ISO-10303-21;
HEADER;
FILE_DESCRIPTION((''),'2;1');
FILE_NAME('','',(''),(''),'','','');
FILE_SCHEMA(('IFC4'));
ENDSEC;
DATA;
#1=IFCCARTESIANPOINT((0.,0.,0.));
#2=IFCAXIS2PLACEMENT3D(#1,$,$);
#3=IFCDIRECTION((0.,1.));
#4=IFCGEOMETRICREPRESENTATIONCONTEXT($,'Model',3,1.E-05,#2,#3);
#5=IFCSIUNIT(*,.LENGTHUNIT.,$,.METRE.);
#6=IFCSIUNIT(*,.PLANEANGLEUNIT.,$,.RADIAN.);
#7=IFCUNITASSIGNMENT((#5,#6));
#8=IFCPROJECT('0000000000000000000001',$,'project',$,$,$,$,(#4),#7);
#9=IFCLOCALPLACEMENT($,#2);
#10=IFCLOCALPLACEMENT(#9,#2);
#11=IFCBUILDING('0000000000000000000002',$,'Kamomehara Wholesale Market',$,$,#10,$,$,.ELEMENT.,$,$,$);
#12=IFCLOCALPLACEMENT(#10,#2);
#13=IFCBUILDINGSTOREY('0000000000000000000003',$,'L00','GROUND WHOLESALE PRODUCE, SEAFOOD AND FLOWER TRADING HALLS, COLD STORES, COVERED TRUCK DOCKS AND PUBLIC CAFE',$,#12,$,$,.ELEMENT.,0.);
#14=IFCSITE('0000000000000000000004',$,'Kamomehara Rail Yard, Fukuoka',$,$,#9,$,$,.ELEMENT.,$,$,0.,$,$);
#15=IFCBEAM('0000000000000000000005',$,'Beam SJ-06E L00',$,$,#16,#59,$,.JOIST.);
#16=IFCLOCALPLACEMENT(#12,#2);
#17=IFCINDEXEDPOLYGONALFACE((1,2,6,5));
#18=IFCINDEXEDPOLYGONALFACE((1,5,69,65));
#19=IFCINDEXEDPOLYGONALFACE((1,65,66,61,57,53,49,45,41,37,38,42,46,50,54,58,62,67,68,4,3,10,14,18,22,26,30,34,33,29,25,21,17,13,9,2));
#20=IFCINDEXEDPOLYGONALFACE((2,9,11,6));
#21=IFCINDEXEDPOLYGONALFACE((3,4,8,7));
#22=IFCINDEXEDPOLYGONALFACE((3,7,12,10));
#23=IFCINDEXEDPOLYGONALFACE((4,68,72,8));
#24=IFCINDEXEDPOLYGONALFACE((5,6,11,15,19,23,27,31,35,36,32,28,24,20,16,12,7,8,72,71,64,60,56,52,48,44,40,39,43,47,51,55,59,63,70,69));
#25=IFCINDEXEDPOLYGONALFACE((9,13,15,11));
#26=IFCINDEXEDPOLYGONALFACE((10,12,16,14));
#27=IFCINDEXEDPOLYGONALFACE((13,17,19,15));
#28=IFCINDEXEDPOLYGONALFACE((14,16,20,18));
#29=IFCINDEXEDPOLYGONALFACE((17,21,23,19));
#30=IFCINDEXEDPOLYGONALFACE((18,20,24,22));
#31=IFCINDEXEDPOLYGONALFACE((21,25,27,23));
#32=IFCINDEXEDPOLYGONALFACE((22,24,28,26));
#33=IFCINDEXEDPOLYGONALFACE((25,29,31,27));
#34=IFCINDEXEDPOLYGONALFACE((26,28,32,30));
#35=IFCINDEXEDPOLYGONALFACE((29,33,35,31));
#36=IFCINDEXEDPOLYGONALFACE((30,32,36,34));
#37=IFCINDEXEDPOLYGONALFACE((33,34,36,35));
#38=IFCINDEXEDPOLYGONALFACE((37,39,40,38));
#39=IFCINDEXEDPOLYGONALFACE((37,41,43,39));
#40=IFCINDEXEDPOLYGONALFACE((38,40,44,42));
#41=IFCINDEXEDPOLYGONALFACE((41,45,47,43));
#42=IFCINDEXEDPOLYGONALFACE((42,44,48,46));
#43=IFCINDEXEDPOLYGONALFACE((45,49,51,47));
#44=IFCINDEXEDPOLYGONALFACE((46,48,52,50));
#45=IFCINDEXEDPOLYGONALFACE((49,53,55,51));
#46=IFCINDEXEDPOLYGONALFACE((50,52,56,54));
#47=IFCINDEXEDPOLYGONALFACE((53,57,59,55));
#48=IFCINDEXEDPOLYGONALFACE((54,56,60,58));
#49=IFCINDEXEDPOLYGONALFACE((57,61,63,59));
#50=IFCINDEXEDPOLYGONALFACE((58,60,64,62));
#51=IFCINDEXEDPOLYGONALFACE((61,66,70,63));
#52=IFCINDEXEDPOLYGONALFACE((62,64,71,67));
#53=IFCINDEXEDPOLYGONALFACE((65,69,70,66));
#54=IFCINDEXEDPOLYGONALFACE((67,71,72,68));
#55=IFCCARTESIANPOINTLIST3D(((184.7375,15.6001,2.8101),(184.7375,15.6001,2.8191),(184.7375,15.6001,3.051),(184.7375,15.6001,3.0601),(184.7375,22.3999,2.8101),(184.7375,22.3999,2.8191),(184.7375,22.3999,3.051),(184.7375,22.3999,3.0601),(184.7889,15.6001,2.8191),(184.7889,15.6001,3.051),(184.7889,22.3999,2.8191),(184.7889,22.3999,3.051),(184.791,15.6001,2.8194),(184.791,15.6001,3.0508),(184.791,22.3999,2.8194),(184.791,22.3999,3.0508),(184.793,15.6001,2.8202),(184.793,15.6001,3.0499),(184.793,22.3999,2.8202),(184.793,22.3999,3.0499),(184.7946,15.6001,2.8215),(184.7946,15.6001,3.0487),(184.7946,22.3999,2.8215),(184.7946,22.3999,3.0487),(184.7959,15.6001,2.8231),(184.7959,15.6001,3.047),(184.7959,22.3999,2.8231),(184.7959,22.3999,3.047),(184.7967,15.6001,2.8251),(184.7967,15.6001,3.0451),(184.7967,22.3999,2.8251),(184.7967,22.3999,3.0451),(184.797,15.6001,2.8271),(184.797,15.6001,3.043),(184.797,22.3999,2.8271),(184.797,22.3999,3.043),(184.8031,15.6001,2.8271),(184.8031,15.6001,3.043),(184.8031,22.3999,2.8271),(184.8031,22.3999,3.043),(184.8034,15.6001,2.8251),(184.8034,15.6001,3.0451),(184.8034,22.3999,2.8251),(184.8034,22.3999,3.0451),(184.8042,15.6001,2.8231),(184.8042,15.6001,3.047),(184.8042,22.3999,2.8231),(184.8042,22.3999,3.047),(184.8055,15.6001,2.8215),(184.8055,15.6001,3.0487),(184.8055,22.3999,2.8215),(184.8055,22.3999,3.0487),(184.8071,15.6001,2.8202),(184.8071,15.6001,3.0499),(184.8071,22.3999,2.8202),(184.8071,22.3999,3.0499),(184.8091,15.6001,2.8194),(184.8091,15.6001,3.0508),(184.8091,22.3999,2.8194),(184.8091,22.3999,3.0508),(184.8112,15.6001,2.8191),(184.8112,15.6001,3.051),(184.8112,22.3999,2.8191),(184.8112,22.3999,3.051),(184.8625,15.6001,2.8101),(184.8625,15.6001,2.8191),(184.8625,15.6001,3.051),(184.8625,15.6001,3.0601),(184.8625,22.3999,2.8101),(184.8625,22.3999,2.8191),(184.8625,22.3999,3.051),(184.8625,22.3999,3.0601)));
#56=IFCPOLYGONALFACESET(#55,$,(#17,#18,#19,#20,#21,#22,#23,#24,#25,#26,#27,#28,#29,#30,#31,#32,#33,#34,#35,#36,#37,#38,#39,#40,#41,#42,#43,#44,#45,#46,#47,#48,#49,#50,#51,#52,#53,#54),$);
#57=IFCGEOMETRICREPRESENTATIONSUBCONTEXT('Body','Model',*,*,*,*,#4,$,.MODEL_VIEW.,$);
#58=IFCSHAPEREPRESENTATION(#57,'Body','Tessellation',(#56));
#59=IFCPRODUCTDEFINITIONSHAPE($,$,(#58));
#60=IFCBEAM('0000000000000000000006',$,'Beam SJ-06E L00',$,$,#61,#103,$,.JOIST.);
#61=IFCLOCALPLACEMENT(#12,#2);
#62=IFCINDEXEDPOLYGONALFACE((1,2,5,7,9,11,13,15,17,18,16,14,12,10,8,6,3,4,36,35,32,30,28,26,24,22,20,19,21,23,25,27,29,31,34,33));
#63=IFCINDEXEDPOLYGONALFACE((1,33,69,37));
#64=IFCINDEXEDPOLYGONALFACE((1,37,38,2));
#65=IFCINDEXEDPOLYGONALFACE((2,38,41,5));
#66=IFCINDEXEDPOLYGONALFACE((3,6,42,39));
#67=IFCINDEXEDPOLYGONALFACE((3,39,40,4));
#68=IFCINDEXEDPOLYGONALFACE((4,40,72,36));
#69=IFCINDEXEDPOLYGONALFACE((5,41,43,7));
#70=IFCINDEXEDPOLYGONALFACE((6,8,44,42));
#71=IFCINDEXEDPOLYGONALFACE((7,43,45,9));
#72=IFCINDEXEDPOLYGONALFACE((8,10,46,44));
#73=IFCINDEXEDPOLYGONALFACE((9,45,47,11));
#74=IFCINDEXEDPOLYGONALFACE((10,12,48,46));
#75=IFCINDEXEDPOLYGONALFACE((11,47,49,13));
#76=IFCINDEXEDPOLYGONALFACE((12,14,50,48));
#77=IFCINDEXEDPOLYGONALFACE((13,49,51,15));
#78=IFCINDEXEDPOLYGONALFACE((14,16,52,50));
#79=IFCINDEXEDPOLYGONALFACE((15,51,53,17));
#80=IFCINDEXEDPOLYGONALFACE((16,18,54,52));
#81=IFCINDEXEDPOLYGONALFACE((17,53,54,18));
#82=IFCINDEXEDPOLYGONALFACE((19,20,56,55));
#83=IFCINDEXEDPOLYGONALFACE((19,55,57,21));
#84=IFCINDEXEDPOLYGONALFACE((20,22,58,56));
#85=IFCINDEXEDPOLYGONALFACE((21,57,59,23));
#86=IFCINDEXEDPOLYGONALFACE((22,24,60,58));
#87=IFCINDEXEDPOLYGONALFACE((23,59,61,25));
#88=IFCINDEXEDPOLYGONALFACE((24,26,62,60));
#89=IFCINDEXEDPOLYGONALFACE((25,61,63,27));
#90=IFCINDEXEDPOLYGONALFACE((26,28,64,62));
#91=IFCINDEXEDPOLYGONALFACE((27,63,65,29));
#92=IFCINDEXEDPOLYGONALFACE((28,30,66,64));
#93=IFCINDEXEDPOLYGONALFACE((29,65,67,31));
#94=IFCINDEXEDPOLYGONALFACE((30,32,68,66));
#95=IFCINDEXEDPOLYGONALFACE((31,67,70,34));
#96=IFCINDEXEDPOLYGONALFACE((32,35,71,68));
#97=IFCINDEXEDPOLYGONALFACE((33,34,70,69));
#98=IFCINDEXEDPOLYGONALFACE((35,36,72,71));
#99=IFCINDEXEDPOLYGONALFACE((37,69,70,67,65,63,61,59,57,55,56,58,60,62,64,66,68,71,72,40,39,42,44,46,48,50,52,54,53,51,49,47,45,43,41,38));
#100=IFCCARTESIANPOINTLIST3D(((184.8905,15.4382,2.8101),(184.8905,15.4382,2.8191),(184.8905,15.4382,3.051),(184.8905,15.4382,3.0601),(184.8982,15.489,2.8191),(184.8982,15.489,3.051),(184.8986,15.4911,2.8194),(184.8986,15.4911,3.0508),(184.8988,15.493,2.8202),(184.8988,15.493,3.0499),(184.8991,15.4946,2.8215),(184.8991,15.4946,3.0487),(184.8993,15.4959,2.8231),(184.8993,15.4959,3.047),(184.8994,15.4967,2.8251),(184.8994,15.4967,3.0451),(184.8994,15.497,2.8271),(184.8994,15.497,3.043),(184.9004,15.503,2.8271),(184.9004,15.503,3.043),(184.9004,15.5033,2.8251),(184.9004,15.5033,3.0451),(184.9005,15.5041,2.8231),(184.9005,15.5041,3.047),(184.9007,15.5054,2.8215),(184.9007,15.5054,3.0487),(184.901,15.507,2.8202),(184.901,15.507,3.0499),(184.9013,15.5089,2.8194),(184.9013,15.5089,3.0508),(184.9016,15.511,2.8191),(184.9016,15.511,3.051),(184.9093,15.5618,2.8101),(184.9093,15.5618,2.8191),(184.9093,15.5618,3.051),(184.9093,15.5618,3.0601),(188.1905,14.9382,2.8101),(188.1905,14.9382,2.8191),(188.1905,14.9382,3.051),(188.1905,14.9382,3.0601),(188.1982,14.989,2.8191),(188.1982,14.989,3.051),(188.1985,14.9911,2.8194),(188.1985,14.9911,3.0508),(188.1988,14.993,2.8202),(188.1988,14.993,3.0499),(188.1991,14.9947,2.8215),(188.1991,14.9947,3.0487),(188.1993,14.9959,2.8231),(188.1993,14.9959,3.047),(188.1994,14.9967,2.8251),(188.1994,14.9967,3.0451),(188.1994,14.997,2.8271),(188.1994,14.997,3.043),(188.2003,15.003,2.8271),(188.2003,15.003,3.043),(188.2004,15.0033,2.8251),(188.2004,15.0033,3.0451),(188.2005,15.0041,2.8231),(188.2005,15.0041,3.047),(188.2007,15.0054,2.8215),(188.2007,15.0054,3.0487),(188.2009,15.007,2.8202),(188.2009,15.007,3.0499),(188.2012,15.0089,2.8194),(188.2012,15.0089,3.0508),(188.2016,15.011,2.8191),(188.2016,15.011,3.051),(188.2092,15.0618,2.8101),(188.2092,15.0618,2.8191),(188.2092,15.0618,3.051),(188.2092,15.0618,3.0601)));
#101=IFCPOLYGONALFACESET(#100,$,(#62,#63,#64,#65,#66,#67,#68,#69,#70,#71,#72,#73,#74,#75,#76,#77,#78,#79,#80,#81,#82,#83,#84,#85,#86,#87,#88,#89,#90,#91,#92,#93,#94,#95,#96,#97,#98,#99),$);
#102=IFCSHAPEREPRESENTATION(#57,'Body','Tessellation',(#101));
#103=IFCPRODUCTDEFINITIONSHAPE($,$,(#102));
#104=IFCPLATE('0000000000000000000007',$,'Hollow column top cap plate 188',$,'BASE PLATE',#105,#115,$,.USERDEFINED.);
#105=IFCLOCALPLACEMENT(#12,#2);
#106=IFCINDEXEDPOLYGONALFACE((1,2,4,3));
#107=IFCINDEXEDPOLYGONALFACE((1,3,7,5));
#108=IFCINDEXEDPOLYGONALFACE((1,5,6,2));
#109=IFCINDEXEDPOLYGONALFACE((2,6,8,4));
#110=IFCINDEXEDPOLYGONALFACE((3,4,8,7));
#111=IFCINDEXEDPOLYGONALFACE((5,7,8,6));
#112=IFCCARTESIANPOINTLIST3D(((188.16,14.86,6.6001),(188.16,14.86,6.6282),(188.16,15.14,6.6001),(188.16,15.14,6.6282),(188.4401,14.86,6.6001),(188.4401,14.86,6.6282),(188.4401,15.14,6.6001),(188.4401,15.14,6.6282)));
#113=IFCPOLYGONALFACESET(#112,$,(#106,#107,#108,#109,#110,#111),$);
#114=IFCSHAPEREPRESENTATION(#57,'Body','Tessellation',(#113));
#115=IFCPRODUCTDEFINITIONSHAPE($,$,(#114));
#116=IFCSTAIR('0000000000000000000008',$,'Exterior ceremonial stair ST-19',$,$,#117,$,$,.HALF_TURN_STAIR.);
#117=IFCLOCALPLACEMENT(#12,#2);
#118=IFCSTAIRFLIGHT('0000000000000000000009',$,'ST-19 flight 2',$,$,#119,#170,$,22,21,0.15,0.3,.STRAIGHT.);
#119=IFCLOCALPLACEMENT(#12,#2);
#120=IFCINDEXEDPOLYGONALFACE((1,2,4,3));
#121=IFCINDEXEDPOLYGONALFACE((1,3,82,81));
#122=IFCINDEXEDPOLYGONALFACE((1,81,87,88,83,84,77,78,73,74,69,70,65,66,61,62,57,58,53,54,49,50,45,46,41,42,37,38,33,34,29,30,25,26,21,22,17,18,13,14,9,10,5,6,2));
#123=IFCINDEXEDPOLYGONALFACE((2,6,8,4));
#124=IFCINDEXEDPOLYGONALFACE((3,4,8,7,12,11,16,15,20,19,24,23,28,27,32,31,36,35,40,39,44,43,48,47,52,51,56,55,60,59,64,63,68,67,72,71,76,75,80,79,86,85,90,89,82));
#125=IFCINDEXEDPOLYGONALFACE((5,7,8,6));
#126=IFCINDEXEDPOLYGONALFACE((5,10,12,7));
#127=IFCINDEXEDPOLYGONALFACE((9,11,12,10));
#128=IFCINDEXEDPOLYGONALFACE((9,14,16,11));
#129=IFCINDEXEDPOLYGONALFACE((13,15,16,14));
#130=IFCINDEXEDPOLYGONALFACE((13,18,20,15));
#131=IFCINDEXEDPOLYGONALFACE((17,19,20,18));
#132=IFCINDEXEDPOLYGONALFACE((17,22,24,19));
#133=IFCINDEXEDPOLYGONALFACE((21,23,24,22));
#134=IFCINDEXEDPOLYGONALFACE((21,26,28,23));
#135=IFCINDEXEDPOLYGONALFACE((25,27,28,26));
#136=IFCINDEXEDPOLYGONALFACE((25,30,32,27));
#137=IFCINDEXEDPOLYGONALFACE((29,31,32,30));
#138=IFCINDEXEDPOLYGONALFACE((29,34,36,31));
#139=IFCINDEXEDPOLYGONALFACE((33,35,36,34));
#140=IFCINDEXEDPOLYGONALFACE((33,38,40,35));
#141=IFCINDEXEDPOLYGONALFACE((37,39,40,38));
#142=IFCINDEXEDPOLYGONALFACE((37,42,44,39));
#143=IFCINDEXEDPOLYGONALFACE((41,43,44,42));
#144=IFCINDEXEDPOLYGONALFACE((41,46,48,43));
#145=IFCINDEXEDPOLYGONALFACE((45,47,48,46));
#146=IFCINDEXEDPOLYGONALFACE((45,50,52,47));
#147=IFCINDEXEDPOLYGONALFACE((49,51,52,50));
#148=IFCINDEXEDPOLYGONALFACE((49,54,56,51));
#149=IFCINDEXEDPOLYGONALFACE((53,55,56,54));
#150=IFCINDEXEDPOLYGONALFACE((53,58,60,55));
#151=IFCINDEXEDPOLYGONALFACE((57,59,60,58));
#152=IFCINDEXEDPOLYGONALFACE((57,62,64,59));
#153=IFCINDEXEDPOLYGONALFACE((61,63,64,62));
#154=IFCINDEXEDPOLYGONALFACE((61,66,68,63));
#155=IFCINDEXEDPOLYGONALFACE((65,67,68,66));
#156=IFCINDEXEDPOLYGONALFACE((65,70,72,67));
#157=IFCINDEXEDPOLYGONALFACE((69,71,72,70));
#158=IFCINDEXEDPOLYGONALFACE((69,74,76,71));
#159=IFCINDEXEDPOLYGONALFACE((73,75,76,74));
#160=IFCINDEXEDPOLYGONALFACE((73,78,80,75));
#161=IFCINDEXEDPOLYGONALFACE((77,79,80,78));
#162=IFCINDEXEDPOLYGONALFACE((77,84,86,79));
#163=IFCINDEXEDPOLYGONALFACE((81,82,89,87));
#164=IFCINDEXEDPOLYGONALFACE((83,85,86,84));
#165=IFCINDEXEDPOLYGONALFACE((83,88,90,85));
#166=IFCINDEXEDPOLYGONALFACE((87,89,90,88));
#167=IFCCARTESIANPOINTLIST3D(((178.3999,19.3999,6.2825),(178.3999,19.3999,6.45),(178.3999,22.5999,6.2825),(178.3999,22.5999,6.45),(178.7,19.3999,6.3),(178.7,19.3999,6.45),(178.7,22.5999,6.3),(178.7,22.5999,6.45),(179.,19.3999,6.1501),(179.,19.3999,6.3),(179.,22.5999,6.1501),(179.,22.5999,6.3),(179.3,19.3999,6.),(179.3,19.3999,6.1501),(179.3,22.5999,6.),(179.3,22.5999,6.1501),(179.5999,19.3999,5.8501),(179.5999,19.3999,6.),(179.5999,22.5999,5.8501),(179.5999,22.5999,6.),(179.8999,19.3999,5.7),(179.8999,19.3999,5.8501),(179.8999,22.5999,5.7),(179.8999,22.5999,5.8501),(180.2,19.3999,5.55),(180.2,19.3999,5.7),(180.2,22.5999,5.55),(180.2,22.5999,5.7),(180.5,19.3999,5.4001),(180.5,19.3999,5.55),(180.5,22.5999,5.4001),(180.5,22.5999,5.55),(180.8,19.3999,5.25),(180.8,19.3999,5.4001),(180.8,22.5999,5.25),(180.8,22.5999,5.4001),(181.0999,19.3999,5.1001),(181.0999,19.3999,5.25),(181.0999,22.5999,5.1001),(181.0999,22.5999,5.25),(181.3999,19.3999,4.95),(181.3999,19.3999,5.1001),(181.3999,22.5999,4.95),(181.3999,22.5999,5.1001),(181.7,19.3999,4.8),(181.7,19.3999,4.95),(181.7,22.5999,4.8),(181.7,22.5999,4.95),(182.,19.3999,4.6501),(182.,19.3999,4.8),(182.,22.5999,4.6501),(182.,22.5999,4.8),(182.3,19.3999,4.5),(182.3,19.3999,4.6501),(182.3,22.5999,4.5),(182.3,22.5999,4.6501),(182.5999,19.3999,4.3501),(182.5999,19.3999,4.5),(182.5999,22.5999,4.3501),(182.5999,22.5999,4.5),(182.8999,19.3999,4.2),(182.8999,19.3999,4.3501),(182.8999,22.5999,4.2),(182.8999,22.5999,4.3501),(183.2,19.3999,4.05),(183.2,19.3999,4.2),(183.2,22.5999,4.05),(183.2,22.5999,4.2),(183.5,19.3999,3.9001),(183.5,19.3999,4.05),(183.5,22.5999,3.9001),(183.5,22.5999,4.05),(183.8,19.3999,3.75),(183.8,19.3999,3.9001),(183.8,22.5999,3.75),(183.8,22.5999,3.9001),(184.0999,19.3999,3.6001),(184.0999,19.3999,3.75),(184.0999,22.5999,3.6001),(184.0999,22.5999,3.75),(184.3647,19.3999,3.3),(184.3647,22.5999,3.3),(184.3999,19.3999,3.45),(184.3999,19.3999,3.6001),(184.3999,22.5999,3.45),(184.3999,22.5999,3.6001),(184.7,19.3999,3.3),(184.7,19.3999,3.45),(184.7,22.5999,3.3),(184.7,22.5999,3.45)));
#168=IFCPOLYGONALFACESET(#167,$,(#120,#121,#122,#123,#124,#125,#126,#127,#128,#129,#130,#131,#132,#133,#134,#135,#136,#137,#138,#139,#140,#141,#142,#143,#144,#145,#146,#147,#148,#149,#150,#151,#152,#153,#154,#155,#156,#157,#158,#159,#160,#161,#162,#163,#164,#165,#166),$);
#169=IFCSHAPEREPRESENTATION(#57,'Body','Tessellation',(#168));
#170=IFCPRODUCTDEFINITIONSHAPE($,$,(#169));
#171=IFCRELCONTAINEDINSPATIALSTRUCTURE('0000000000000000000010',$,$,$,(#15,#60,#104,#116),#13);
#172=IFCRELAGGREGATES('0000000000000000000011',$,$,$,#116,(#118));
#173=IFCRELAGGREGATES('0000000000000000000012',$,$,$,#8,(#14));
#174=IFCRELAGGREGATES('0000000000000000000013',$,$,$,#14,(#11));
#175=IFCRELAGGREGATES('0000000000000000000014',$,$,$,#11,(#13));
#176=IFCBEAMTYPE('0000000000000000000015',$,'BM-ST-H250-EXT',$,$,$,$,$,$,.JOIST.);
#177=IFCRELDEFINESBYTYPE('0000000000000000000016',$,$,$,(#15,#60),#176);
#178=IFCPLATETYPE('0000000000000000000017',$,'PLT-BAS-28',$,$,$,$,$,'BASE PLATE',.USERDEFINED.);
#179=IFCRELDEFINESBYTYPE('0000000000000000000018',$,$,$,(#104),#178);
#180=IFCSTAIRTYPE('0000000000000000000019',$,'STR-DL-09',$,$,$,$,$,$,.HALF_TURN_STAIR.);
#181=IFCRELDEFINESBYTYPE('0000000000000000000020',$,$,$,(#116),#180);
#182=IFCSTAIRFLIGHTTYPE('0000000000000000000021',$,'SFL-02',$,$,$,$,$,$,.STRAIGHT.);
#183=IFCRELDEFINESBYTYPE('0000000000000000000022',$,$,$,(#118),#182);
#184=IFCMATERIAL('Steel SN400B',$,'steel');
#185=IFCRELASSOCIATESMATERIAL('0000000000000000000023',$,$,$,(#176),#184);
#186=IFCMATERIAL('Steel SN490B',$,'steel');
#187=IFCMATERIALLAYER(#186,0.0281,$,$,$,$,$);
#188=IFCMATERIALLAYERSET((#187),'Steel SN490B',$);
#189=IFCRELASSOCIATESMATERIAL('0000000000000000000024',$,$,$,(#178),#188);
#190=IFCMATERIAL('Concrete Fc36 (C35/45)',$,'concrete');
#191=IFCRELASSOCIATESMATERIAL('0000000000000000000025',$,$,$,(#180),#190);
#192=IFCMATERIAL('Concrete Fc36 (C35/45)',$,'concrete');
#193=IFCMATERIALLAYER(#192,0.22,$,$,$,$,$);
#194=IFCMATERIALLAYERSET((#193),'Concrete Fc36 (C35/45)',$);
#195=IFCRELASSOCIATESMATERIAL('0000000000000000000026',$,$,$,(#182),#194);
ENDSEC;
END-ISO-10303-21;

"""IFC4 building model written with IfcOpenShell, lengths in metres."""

from ifc_helpers import new_model, si_unit, direction, frame, origin, origin_2d, place, context, subcontext, project, spatial, polyline, rectangle, i_section, outline, extrude, material, layer, layer_set, material_profile, profile_set, type_object, element, aggregate, save


model = new_model("IFC4")

# Units and contexts
model_context = context("Model", 3, precision=1e-05, world=origin(), true_north=direction((0.0, 1.0)))
body_context = subcontext(model_context, "Body", "Model", "MODEL_VIEW")
ifc_project = project(units=[si_unit("LENGTHUNIT", "METRE"), si_unit("PLANEANGLEUNIT", "RADIAN")], contexts=[model_context])

# Site, building, storey
site_placement = place(None, origin())
site = spatial("IfcSite", under=ifc_project, at=site_placement, Name="Kamomehara Rail Yard, Fukuoka", CompositionType="ELEMENT", RefElevation=0.0)
building_placement = place(site_placement, origin())
building = spatial("IfcBuilding", under=site, at=building_placement, Name="Kamomehara Wholesale Market", CompositionType="ELEMENT")
storey_placement = place(building_placement, origin())
storey = spatial("IfcBuildingStorey", under=building, at=storey_placement, Name="L00", Description="GROUND WHOLESALE PRODUCE, SEAFOOD AND FLOWER TRADING HALLS, COLD STORES, COVERED TRUCK DOCKS AND PUBLIC CAFE", CompositionType="ELEMENT", Elevation=0.0)

# Beams
ifc_material_1 = material(Name="Steel SN400B", Category="steel")
ifc_material_profile_1 = material_profile(ifc_material_1, i_section(OverallWidth=0.125, OverallDepth=0.25, WebThickness=0.0061, FlangeThickness=0.009, FilletRadius=0.0081, at=origin_2d()), Name="H-250x125x6x9")
ifc_profile_set_1 = profile_set([ifc_material_profile_1], Name="Steel SN400B")
beam_type = type_object("IfcBeamType", Name="BM-ST-H250-EXT", PredefinedType="JOIST", material=ifc_profile_set_1)
beam_1_placement = place(storey_placement, frame((184.8, 15.6001, 2.9351), z_axis=(0.0, 1.0, 0.0), x_axis=(-1.0, 0.0, 0.0)))
element("IfcBeam", 1, at=beam_1_placement, inside=storey, type_object=beam_type, Name="Beam SJ-06E L00", PredefinedType="JOIST", context=body_context, shape_type="SweptSolid", body=[
    extrude(i_section(OverallWidth=0.125, OverallDepth=0.25, WebThickness=0.0061, FlangeThickness=0.009, FilletRadius=0.0081, at=origin_2d()), origin(), (0.0, 0.0, 1.0), 6.7998),
])
beam_2_placement = place(storey_placement, frame((184.8999, 15.5, 2.9351), z_axis=(0.988716, -0.149803, 0.0), x_axis=(0.149803, 0.988716, 0.0)))
element("IfcBeam", 2, at=beam_2_placement, inside=storey, type_object=beam_type, Name="Beam SJ-06E L00", PredefinedType="JOIST", context=body_context, shape_type="SweptSolid", body=[
    extrude(i_section(OverallWidth=0.125, OverallDepth=0.25, WebThickness=0.0061, FlangeThickness=0.009, FilletRadius=0.0081, at=origin_2d()), origin(), (0.0, 0.0, 1.0), 3.3376),
])

# Plate
ifc_material_2 = material(Name="Steel SN490B", Category="steel")
ifc_layer_1 = layer(ifc_material_2, 0.0281)
ifc_layer_set_1 = layer_set([ifc_layer_1], Name="Steel SN490B")
plate_type = type_object("IfcPlateType", Name="PLT-BAS-28", ElementType="BASE PLATE", PredefinedType="USERDEFINED", material=ifc_layer_set_1)
plate_placement = place(storey_placement, frame((188.3, 15.0, 6.6001), z_axis=(0.0, 0.0, 1.0), x_axis=(1.0, 0.0, 0.0)))
element("IfcPlate", 3, at=plate_placement, inside=storey, type_object=plate_type, Name="Hollow column top cap plate 188", ObjectType="BASE PLATE", PredefinedType="USERDEFINED", context=body_context, shape_type="SweptSolid", body=[
    extrude(rectangle(XDim=0.28, YDim=0.28, at=origin_2d()), origin(), (0.0, 0.0, 1.0), 0.0281),
])

# Stair, stair flight
ifc_material_3 = material(Name="Concrete Fc36 (C35/45)", Category="concrete")
stair_type = type_object("IfcStairType", Name="STR-DL-09", PredefinedType="HALF_TURN_STAIR", material=ifc_material_3)
stair_placement = place(storey_placement, origin())
stair = element("IfcStair", 4, at=stair_placement, inside=storey, type_object=stair_type, Name="Exterior ceremonial stair ST-19", PredefinedType="HALF_TURN_STAIR")
ifc_material_4 = material(Name="Concrete Fc36 (C35/45)", Category="concrete")
ifc_layer_2 = layer(ifc_material_4, 0.22)
ifc_layer_set_2 = layer_set([ifc_layer_2], Name="Concrete Fc36 (C35/45)")
stair_flight_type = type_object("IfcStairFlightType", Name="SFL-02", PredefinedType="STRAIGHT", material=ifc_layer_set_2)
stair_flight_placement = place(storey_placement, frame((184.7, 21.0, 3.3), z_axis=(0.0, 0.0, 1.0), x_axis=(-1.0, 0.0, 0.0)))
stair_flight = element("IfcStairFlight", 5, at=stair_flight_placement, type_object=stair_flight_type, Name="ST-19 flight 2", NumberOfRisers=22, NumberOfTreads=21, PredefinedType="STRAIGHT", RiserHeight=0.15, TreadLength=0.3, context=body_context, shape_type="SweptSolid", body=[
    extrude(outline(polyline([(0.0, 0.0), (0.0, 0.1499), (0.3, 0.1499), (0.3, 0.3), (0.6001, 0.3), (0.6001, 0.45), (0.8999, 0.45), (0.8999, 0.6001), (1.2, 0.6001), (1.2, 0.75), (1.5, 0.75), (1.5, 0.8999), (1.8, 0.8999), (1.8, 1.05), (2.1001, 1.05), (2.1001, 1.2), (2.3999, 1.2), (2.3999, 1.3501), (2.7, 1.3501), (2.7, 1.5), (3.0, 1.5), (3.0, 1.6499), (3.3, 1.6499), (3.3, 1.8), (3.6001, 1.8), (3.6001, 1.95), (3.8999, 1.95), (3.8999, 2.1001), (4.2, 2.1001), (4.2, 2.25), (4.5, 2.25), (4.5, 2.3999), (4.8, 2.3999), (4.8, 2.55), (5.1001, 2.55), (5.1001, 2.7), (5.3999, 2.7), (5.3999, 2.8501), (5.7, 2.8501), (5.7, 3.0), (6.0, 3.0), (6.0, 3.1499), (6.3, 3.1499), (6.3, 3.3), (6.3, 2.9824), (0.3352, 0.0), (0.0, 0.0)])), frame((0.0, 1.6001, 0.0), z_axis=(0.0, -1.0, 0.0), x_axis=(1.0, 0.0, 0.0)), (0.0, 0.0, 1.0), 3.2),
])
aggregate(stair, [stair_flight])

save(model, "model.ifc")
